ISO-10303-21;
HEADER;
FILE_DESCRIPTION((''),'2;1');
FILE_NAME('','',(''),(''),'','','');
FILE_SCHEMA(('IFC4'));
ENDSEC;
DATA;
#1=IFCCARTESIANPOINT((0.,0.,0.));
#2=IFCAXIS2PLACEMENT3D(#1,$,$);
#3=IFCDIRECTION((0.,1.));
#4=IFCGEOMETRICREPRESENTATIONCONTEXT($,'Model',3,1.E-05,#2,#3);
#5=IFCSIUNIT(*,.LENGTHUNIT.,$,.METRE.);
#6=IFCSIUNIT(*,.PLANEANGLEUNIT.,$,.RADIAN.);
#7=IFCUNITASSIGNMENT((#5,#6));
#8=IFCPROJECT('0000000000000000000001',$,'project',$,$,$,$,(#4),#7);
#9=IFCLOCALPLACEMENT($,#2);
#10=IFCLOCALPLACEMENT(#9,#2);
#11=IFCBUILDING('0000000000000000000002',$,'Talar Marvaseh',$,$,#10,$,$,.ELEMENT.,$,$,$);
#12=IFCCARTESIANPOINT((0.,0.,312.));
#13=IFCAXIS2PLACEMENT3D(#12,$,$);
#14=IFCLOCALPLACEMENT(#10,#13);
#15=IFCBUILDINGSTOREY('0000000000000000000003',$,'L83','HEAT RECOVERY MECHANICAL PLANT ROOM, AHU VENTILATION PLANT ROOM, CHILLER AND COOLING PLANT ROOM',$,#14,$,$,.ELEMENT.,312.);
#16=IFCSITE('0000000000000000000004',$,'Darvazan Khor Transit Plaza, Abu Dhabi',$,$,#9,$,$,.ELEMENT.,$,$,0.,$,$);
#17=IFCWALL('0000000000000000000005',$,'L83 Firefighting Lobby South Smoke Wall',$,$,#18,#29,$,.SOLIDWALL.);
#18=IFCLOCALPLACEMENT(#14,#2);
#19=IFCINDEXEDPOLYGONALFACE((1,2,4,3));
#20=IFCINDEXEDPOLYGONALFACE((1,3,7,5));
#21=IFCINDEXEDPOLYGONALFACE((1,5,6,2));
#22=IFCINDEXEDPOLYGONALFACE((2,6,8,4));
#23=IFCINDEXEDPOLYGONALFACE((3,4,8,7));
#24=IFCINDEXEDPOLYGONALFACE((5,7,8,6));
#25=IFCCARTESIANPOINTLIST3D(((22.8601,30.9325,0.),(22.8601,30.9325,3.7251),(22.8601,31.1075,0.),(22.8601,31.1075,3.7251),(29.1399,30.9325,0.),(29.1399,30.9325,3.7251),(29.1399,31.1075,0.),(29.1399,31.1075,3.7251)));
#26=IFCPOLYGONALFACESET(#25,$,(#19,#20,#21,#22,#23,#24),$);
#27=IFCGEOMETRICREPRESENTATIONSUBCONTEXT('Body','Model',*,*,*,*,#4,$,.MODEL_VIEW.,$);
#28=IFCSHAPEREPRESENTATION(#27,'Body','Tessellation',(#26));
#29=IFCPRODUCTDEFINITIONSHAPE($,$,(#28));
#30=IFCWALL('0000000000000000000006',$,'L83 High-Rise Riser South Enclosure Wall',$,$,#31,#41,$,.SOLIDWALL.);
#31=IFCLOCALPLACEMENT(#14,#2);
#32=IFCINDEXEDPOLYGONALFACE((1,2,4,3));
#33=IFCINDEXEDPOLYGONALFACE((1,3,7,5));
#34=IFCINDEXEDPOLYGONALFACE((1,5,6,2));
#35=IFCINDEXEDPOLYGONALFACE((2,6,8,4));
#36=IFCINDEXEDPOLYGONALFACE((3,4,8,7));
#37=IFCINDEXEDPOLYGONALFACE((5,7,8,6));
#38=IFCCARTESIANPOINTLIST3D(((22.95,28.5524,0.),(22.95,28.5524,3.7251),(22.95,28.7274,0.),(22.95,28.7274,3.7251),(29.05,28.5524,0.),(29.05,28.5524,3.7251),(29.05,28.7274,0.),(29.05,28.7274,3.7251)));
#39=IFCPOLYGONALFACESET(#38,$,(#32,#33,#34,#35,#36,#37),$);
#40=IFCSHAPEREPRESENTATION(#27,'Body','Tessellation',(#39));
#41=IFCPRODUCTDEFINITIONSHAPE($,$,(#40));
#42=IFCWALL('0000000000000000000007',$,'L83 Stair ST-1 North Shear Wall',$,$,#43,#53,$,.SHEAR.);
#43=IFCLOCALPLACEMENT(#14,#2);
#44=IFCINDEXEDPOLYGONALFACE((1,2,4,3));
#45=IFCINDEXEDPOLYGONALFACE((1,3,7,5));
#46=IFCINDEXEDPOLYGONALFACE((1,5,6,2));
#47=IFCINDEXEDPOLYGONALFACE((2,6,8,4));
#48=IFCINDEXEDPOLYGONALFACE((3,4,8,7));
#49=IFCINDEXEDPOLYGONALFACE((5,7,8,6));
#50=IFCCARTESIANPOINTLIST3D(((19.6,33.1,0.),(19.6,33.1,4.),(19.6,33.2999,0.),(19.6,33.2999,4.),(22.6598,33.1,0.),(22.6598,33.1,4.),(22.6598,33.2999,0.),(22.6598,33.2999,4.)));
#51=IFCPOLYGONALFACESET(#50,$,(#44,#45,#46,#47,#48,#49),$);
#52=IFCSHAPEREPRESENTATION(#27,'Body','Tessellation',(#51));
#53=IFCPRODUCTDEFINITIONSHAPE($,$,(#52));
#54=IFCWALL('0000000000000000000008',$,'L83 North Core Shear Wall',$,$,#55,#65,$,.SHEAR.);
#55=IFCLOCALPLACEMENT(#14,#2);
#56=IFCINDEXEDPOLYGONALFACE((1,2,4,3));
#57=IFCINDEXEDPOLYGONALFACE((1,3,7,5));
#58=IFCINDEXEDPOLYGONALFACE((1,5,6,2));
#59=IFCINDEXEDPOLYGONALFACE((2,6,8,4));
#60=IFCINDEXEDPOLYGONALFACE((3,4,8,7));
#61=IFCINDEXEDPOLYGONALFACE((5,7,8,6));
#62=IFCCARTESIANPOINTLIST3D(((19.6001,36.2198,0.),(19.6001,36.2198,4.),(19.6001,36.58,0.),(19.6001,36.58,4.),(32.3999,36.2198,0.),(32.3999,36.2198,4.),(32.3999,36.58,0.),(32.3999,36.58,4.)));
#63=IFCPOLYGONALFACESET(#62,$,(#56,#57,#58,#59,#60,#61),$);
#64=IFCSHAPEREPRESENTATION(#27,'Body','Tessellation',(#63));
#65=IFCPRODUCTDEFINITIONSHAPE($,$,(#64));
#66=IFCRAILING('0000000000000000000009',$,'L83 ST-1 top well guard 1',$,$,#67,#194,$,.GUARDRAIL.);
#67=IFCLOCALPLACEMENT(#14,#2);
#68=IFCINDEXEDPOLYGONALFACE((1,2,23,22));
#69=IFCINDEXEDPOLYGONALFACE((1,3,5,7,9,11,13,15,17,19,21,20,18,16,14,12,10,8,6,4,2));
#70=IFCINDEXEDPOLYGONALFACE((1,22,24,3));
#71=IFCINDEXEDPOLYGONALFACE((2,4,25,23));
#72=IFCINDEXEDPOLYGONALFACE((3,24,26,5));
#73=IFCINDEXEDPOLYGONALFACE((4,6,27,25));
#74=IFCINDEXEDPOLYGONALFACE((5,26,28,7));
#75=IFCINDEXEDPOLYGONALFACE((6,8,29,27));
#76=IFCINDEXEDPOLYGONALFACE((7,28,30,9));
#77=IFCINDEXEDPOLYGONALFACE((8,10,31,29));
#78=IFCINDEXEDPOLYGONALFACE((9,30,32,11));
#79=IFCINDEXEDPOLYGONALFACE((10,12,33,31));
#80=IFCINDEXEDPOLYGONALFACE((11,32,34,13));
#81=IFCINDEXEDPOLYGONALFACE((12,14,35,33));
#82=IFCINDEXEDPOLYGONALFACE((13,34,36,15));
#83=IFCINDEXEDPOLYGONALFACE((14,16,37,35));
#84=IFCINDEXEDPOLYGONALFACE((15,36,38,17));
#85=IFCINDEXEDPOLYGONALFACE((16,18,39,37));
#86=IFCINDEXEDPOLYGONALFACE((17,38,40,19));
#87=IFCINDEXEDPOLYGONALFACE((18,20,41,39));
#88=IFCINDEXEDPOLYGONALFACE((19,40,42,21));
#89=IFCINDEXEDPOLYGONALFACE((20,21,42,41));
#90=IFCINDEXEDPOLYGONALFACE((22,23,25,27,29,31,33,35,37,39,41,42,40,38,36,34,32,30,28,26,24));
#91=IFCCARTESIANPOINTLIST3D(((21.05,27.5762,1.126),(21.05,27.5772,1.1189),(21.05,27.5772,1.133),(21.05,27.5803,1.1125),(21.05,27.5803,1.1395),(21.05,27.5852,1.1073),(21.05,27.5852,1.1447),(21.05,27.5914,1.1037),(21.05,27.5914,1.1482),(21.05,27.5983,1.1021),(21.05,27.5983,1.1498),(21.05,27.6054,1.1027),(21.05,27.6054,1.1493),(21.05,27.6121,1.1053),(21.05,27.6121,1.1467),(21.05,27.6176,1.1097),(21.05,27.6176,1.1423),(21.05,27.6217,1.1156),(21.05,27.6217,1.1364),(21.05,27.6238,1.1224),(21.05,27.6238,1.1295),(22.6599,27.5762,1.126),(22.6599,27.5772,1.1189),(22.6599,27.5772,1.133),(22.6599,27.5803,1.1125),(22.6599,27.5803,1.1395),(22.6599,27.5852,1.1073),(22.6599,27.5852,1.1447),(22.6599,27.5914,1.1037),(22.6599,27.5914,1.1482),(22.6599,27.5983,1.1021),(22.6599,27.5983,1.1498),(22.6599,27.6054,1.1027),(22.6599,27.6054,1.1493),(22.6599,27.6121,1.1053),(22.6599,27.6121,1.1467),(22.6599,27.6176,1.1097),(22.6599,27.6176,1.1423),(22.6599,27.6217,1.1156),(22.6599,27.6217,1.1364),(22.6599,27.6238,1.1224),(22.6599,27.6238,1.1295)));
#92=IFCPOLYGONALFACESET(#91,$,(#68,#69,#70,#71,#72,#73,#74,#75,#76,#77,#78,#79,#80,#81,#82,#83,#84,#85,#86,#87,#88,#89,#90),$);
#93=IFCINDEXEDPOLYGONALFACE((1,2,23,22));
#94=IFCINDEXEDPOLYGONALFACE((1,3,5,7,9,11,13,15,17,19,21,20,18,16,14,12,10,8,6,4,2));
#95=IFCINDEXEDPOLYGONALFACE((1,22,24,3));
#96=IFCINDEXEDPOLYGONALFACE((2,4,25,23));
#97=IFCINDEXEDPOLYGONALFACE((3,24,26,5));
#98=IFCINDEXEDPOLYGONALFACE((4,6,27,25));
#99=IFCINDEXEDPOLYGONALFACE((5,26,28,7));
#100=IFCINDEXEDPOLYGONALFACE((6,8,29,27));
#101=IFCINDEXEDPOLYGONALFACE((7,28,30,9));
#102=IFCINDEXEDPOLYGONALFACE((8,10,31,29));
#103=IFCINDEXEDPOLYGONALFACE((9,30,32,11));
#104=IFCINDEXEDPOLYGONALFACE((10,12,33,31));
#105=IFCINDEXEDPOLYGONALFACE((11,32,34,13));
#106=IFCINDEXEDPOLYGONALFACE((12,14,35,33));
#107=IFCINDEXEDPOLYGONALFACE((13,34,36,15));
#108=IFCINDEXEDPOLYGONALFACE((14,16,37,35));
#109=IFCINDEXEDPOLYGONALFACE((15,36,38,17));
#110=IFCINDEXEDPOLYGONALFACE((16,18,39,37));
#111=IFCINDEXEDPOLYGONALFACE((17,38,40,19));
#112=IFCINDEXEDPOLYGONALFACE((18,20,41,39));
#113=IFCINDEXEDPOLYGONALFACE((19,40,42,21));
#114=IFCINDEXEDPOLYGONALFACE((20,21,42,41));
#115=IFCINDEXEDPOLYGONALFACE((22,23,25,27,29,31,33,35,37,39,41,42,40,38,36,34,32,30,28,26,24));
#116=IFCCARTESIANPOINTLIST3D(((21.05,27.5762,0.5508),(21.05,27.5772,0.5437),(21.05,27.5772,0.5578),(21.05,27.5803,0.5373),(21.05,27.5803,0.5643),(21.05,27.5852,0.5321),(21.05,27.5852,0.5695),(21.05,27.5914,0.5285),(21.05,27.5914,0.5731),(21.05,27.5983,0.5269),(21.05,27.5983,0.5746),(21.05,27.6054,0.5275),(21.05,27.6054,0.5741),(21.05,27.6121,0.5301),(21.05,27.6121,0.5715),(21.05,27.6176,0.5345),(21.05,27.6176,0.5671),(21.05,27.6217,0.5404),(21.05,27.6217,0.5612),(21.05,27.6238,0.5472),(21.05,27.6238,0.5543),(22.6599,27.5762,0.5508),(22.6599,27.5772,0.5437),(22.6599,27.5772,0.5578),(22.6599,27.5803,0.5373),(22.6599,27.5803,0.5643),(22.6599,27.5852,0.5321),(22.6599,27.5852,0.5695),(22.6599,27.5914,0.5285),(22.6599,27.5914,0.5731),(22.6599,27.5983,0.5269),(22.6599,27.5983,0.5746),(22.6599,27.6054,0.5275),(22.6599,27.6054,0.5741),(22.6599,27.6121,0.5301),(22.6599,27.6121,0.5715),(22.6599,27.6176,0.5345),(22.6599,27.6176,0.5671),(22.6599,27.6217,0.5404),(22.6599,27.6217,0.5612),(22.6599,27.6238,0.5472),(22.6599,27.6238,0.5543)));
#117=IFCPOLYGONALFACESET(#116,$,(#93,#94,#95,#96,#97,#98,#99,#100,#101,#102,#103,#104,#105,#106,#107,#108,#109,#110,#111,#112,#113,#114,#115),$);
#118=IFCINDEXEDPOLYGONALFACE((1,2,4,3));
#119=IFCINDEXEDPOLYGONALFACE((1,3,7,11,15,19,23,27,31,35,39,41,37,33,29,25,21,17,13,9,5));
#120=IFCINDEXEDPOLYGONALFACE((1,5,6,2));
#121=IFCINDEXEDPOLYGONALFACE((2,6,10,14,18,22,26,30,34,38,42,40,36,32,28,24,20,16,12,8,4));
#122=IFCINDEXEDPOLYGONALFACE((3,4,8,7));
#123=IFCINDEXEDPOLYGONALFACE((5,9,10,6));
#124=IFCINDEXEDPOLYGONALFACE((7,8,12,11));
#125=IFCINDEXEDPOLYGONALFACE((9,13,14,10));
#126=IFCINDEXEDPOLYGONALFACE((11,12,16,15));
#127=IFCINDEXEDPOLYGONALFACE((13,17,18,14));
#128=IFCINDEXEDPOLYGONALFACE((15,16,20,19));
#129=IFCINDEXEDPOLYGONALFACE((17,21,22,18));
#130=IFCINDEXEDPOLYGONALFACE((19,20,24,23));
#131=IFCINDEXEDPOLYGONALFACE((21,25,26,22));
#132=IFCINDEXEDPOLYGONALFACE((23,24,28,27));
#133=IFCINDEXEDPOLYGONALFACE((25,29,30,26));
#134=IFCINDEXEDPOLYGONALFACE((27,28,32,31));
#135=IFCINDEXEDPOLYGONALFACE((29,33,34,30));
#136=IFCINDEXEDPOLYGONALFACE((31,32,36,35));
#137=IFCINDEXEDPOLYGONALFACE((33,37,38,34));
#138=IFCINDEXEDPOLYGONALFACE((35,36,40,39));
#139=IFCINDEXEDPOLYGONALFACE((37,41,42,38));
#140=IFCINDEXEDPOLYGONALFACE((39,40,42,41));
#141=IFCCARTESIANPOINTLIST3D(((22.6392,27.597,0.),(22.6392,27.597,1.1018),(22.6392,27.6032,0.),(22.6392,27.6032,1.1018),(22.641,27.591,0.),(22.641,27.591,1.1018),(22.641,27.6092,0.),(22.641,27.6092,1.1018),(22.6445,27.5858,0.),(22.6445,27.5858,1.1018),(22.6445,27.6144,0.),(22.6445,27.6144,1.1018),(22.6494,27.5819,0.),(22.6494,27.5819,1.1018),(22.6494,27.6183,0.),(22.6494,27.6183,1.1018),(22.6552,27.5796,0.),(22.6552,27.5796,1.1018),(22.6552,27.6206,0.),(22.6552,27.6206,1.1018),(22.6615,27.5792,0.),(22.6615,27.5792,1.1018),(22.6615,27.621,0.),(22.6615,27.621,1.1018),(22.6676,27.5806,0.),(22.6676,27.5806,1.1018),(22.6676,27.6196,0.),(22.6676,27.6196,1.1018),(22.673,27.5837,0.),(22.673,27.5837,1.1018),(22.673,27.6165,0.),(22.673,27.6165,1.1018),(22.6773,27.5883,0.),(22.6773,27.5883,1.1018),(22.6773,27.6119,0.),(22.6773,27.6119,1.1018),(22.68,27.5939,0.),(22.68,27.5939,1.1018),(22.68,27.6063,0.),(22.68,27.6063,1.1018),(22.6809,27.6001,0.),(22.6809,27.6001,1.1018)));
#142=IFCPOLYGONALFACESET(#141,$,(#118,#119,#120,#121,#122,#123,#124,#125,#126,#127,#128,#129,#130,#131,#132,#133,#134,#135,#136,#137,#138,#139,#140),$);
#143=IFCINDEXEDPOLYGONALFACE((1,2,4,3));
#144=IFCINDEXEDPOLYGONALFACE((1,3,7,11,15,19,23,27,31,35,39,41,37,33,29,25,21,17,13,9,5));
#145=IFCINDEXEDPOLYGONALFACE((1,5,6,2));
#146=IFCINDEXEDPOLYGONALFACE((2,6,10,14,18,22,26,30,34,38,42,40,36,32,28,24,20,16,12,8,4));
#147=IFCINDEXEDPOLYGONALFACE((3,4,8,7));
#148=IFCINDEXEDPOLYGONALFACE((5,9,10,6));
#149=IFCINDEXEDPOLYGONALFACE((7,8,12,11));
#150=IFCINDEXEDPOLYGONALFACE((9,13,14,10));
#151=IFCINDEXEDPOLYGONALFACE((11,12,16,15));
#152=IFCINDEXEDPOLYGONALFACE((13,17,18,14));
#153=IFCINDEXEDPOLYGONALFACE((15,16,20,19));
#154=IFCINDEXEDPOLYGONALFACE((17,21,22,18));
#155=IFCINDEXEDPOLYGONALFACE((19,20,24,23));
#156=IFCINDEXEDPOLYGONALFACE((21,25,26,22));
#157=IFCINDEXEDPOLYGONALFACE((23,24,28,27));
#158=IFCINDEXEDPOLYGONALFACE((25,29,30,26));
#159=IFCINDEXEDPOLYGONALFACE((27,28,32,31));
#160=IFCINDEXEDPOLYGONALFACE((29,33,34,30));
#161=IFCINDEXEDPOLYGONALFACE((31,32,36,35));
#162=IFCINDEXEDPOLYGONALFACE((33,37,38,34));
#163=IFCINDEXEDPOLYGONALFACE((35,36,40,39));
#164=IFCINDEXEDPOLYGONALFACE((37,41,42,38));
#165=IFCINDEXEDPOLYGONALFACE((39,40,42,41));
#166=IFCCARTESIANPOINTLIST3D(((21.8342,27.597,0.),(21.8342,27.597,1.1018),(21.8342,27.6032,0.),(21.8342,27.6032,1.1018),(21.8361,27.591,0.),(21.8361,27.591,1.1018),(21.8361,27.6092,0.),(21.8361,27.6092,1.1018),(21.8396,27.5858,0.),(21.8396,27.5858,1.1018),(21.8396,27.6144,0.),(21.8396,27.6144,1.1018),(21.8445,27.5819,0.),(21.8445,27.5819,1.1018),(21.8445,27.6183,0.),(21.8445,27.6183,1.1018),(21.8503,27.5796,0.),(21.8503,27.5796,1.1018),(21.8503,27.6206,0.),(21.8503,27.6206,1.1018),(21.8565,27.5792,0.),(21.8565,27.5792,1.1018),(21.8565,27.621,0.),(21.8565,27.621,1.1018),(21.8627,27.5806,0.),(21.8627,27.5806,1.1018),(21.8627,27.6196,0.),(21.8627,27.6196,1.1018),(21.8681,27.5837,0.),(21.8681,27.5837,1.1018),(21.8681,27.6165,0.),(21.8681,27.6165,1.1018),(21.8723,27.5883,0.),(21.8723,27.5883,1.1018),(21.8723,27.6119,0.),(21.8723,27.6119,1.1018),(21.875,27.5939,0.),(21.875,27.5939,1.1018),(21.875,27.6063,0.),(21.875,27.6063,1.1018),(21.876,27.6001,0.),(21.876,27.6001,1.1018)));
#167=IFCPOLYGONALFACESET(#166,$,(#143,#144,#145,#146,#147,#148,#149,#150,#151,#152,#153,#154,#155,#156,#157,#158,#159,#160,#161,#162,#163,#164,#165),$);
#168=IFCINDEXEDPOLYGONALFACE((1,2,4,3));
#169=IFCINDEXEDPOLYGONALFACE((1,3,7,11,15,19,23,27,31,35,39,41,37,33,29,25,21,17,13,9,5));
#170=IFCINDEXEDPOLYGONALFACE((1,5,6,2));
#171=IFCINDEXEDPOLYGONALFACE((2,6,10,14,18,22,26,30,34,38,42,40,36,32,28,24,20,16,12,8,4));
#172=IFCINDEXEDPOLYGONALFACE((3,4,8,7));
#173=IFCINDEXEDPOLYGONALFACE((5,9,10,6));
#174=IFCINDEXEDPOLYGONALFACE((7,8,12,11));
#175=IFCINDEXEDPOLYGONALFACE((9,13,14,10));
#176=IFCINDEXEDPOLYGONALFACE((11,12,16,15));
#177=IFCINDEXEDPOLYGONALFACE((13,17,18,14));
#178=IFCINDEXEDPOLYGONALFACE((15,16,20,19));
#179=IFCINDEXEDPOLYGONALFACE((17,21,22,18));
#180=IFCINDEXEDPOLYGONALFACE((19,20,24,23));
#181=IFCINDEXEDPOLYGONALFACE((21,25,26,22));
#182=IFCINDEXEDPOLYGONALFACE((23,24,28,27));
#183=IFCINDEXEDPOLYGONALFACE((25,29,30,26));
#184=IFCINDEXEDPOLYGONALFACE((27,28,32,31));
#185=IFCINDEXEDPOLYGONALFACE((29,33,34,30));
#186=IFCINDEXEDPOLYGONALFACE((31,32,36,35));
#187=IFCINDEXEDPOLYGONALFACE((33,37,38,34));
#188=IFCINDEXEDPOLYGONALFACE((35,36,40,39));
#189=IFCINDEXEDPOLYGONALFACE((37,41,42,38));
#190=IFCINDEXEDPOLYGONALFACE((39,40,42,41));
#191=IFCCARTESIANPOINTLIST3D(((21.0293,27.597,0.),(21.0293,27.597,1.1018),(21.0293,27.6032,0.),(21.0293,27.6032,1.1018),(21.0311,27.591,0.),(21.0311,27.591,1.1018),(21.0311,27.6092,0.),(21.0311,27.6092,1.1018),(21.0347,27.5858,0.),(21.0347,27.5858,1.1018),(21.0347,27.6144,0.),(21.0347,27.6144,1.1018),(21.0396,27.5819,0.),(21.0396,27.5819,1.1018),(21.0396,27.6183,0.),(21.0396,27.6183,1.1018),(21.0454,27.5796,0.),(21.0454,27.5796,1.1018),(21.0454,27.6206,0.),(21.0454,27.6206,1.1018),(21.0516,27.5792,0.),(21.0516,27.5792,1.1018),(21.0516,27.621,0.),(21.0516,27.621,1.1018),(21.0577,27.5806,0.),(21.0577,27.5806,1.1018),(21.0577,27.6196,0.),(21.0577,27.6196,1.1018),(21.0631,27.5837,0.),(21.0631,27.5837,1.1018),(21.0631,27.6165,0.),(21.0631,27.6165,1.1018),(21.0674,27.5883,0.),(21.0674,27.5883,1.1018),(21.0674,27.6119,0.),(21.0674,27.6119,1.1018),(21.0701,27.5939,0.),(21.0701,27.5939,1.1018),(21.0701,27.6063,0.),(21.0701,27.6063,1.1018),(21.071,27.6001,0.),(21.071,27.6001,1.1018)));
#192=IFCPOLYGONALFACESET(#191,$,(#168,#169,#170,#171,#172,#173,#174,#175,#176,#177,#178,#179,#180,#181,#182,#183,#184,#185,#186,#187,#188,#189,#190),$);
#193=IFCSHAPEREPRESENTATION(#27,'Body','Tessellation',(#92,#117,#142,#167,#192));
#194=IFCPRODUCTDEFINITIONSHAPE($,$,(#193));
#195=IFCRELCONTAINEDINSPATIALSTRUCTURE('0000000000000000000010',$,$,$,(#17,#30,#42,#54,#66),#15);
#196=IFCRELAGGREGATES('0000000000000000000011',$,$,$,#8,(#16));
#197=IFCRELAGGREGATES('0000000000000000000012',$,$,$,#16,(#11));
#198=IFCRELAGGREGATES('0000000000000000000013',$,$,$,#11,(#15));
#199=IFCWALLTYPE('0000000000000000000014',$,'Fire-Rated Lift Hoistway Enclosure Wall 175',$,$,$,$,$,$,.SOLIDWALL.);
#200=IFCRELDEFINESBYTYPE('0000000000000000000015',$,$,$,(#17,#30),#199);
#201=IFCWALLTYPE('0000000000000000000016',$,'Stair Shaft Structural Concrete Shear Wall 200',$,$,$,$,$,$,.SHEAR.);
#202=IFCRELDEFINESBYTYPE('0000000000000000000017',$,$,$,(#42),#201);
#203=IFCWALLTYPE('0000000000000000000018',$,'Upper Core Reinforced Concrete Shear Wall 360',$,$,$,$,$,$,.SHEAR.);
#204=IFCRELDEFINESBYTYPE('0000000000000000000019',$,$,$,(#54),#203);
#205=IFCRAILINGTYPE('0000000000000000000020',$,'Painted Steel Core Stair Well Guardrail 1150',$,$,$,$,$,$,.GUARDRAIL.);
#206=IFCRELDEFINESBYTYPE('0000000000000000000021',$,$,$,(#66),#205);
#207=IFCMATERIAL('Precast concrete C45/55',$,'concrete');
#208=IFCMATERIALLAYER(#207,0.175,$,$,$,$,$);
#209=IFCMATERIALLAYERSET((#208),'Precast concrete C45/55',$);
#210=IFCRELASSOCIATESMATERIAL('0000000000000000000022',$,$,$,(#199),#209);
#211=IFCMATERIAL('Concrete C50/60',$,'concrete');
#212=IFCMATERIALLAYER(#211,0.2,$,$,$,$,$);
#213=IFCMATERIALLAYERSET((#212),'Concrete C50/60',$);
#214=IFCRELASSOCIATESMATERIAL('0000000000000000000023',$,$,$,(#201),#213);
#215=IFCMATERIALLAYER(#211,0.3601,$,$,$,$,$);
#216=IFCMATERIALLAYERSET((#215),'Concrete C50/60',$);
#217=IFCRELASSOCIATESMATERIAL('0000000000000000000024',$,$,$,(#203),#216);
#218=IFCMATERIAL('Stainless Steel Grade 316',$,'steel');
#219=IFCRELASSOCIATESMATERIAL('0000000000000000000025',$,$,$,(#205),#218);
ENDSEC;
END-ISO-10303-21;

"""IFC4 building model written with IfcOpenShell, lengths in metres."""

from ifc_helpers import new_model, si_unit, direction, frame, frame_2d, origin, origin_2d, place, context, subcontext, project, spatial, rectangle, circle, extrude, material, layer, layer_set, type_object, element, save


model = new_model("IFC4")

# Units and contexts
model_context = context("Model", 3, precision=1e-05, world=origin(), true_north=direction((0.0, 1.0)))
body_context = subcontext(model_context, "Body", "Model", "MODEL_VIEW")
ifc_project = project(units=[si_unit("LENGTHUNIT", "METRE"), si_unit("PLANEANGLEUNIT", "RADIAN")], contexts=[model_context])

# Site, building, storey
site_placement = place(None, origin())
site = spatial("IfcSite", under=ifc_project, at=site_placement, Name="Darvazan Khor Transit Plaza, Abu Dhabi", CompositionType="ELEMENT", RefElevation=0.0)
building_placement = place(site_placement, origin())
building = spatial("IfcBuilding", under=site, at=building_placement, Name="Talar Marvaseh", CompositionType="ELEMENT")
storey_placement = place(building_placement, frame((0.0, 0.0, 312.0)))
storey = spatial("IfcBuildingStorey", under=building, at=storey_placement, Name="L83", Description="HEAT RECOVERY MECHANICAL PLANT ROOM, AHU VENTILATION PLANT ROOM, CHILLER AND COOLING PLANT ROOM", CompositionType="ELEMENT", Elevation=312.0)

# Shared definitions
ifc_material_1 = material(Name="Concrete C50/60", Category="concrete")

# Shared definitions
ifc_material_2 = material(Name="Precast concrete C45/55", Category="concrete")

# Shared definitions
ifc_layer_1 = layer(ifc_material_2, 0.175)
ifc_layer_set_1 = layer_set([ifc_layer_1], Name="Precast concrete C45/55")
wall_type_1 = type_object("IfcWallType", Name="Fire-Rated Lift Hoistway Enclosure Wall 175", PredefinedType="SOLIDWALL", material=ifc_layer_set_1)
ifc_material_3 = material(Name="Stainless Steel Grade 316", Category="steel")

# Walls
wall_1_placement = place(storey_placement, frame((22.8601, 31.02, 0.0), z_axis=(0.0, 0.0, 1.0), x_axis=(1.0, 0.0, 0.0)))
element("IfcWall", 1, at=wall_1_placement, inside=storey, type_object=wall_type_1, Name="L83 Firefighting Lobby South Smoke Wall", PredefinedType="SOLIDWALL", context=body_context, shape_type="SweptSolid", body=[
    extrude(rectangle(XDim=6.2798, YDim=0.175, at=frame_2d((3.1399, 0.0))), origin(), (0.0, 0.0, 1.0), 3.7251),
])
wall_2_placement = place(storey_placement, frame((22.95, 28.6399, 0.0), z_axis=(0.0, 0.0, 1.0), x_axis=(1.0, 0.0, 0.0)))
element("IfcWall", 2, at=wall_2_placement, inside=storey, type_object=wall_type_1, Name="L83 High-Rise Riser South Enclosure Wall", PredefinedType="SOLIDWALL", context=body_context, shape_type="SweptSolid", body=[
    extrude(rectangle(XDim=6.1001, YDim=0.175, at=frame_2d((3.05, 0.0))), origin(), (0.0, 0.0, 1.0), 3.7251),
])
ifc_layer_2 = layer(ifc_material_1, 0.2)
ifc_layer_set_2 = layer_set([ifc_layer_2], Name="Concrete C50/60")
wall_type_2 = type_object("IfcWallType", Name="Stair Shaft Structural Concrete Shear Wall 200", PredefinedType="SHEAR", material=ifc_layer_set_2)
wall_3_placement = place(storey_placement, frame((19.6001, 33.2, 0.0), z_axis=(0.0, 0.0, 1.0), x_axis=(1.0, 0.0, 0.0)))
element("IfcWall", 3, at=wall_3_placement, inside=storey, type_object=wall_type_2, Name="L83 Stair ST-1 North Shear Wall", PredefinedType="SHEAR", context=body_context, shape_type="SweptSolid", body=[
    extrude(rectangle(XDim=3.0598, YDim=0.2, at=frame_2d((1.5298, 0.0))), origin(), (0.0, 0.0, 1.0), 4.0),
])
ifc_layer_3 = layer(ifc_material_1, 0.3601)
ifc_layer_set_3 = layer_set([ifc_layer_3], Name="Concrete C50/60")
wall_type_3 = type_object("IfcWallType", Name="Upper Core Reinforced Concrete Shear Wall 360", PredefinedType="SHEAR", material=ifc_layer_set_3)
wall_4_placement = place(storey_placement, frame((19.6001, 36.3999, 0.0), z_axis=(0.0, 0.0, 1.0), x_axis=(1.0, 0.0, 0.0)))
element("IfcWall", 4, at=wall_4_placement, inside=storey, type_object=wall_type_3, Name="L83 North Core Shear Wall", PredefinedType="SHEAR", context=body_context, shape_type="SweptSolid", body=[
    extrude(rectangle(XDim=12.7998, YDim=0.3601, at=frame_2d((6.3999, 0.0))), origin(), (0.0, 0.0, 1.0), 4.0),
])

# Railing
railing_type = type_object("IfcRailingType", Name="Painted Steel Core Stair Well Guardrail 1150", PredefinedType="GUARDRAIL", material=ifc_material_3)
railing_placement = place(storey_placement, frame((22.6599, 27.6001, 0.0)))
element("IfcRailing", 5, at=railing_placement, inside=storey, type_object=railing_type, Name="L83 ST-1 top well guard 1", PredefinedType="GUARDRAIL", context=body_context, shape_type="SweptSolid", body=[
    extrude(circle(Radius=0.0239, at=origin_2d()), frame((0.0, 0.0, 1.126), z_axis=(-1.0, 0.0, 0.0), x_axis=(0.0, -1.0, 0.0)), (0.0, 0.0, 1.0), 1.6099),
    extrude(circle(Radius=0.0239, at=origin_2d()), frame((0.0, 0.0, 0.5508), z_axis=(-1.0, 0.0, 0.0), x_axis=(0.0, -1.0, 0.0)), (0.0, 0.0, 1.0), 1.6099),
    extrude(circle(Radius=0.021, at=origin_2d()), origin(), (0.0, 0.0, 1.0), 1.1018),
    extrude(circle(Radius=0.021, at=origin_2d()), frame((-0.8049, 0.0, 0.0)), (0.0, 0.0, 1.0), 1.1018),
    extrude(circle(Radius=0.021, at=origin_2d()), frame((-1.6099, 0.0, 0.0)), (0.0, 0.0, 1.0), 1.1018),
])

save(model, "model.ifc")
